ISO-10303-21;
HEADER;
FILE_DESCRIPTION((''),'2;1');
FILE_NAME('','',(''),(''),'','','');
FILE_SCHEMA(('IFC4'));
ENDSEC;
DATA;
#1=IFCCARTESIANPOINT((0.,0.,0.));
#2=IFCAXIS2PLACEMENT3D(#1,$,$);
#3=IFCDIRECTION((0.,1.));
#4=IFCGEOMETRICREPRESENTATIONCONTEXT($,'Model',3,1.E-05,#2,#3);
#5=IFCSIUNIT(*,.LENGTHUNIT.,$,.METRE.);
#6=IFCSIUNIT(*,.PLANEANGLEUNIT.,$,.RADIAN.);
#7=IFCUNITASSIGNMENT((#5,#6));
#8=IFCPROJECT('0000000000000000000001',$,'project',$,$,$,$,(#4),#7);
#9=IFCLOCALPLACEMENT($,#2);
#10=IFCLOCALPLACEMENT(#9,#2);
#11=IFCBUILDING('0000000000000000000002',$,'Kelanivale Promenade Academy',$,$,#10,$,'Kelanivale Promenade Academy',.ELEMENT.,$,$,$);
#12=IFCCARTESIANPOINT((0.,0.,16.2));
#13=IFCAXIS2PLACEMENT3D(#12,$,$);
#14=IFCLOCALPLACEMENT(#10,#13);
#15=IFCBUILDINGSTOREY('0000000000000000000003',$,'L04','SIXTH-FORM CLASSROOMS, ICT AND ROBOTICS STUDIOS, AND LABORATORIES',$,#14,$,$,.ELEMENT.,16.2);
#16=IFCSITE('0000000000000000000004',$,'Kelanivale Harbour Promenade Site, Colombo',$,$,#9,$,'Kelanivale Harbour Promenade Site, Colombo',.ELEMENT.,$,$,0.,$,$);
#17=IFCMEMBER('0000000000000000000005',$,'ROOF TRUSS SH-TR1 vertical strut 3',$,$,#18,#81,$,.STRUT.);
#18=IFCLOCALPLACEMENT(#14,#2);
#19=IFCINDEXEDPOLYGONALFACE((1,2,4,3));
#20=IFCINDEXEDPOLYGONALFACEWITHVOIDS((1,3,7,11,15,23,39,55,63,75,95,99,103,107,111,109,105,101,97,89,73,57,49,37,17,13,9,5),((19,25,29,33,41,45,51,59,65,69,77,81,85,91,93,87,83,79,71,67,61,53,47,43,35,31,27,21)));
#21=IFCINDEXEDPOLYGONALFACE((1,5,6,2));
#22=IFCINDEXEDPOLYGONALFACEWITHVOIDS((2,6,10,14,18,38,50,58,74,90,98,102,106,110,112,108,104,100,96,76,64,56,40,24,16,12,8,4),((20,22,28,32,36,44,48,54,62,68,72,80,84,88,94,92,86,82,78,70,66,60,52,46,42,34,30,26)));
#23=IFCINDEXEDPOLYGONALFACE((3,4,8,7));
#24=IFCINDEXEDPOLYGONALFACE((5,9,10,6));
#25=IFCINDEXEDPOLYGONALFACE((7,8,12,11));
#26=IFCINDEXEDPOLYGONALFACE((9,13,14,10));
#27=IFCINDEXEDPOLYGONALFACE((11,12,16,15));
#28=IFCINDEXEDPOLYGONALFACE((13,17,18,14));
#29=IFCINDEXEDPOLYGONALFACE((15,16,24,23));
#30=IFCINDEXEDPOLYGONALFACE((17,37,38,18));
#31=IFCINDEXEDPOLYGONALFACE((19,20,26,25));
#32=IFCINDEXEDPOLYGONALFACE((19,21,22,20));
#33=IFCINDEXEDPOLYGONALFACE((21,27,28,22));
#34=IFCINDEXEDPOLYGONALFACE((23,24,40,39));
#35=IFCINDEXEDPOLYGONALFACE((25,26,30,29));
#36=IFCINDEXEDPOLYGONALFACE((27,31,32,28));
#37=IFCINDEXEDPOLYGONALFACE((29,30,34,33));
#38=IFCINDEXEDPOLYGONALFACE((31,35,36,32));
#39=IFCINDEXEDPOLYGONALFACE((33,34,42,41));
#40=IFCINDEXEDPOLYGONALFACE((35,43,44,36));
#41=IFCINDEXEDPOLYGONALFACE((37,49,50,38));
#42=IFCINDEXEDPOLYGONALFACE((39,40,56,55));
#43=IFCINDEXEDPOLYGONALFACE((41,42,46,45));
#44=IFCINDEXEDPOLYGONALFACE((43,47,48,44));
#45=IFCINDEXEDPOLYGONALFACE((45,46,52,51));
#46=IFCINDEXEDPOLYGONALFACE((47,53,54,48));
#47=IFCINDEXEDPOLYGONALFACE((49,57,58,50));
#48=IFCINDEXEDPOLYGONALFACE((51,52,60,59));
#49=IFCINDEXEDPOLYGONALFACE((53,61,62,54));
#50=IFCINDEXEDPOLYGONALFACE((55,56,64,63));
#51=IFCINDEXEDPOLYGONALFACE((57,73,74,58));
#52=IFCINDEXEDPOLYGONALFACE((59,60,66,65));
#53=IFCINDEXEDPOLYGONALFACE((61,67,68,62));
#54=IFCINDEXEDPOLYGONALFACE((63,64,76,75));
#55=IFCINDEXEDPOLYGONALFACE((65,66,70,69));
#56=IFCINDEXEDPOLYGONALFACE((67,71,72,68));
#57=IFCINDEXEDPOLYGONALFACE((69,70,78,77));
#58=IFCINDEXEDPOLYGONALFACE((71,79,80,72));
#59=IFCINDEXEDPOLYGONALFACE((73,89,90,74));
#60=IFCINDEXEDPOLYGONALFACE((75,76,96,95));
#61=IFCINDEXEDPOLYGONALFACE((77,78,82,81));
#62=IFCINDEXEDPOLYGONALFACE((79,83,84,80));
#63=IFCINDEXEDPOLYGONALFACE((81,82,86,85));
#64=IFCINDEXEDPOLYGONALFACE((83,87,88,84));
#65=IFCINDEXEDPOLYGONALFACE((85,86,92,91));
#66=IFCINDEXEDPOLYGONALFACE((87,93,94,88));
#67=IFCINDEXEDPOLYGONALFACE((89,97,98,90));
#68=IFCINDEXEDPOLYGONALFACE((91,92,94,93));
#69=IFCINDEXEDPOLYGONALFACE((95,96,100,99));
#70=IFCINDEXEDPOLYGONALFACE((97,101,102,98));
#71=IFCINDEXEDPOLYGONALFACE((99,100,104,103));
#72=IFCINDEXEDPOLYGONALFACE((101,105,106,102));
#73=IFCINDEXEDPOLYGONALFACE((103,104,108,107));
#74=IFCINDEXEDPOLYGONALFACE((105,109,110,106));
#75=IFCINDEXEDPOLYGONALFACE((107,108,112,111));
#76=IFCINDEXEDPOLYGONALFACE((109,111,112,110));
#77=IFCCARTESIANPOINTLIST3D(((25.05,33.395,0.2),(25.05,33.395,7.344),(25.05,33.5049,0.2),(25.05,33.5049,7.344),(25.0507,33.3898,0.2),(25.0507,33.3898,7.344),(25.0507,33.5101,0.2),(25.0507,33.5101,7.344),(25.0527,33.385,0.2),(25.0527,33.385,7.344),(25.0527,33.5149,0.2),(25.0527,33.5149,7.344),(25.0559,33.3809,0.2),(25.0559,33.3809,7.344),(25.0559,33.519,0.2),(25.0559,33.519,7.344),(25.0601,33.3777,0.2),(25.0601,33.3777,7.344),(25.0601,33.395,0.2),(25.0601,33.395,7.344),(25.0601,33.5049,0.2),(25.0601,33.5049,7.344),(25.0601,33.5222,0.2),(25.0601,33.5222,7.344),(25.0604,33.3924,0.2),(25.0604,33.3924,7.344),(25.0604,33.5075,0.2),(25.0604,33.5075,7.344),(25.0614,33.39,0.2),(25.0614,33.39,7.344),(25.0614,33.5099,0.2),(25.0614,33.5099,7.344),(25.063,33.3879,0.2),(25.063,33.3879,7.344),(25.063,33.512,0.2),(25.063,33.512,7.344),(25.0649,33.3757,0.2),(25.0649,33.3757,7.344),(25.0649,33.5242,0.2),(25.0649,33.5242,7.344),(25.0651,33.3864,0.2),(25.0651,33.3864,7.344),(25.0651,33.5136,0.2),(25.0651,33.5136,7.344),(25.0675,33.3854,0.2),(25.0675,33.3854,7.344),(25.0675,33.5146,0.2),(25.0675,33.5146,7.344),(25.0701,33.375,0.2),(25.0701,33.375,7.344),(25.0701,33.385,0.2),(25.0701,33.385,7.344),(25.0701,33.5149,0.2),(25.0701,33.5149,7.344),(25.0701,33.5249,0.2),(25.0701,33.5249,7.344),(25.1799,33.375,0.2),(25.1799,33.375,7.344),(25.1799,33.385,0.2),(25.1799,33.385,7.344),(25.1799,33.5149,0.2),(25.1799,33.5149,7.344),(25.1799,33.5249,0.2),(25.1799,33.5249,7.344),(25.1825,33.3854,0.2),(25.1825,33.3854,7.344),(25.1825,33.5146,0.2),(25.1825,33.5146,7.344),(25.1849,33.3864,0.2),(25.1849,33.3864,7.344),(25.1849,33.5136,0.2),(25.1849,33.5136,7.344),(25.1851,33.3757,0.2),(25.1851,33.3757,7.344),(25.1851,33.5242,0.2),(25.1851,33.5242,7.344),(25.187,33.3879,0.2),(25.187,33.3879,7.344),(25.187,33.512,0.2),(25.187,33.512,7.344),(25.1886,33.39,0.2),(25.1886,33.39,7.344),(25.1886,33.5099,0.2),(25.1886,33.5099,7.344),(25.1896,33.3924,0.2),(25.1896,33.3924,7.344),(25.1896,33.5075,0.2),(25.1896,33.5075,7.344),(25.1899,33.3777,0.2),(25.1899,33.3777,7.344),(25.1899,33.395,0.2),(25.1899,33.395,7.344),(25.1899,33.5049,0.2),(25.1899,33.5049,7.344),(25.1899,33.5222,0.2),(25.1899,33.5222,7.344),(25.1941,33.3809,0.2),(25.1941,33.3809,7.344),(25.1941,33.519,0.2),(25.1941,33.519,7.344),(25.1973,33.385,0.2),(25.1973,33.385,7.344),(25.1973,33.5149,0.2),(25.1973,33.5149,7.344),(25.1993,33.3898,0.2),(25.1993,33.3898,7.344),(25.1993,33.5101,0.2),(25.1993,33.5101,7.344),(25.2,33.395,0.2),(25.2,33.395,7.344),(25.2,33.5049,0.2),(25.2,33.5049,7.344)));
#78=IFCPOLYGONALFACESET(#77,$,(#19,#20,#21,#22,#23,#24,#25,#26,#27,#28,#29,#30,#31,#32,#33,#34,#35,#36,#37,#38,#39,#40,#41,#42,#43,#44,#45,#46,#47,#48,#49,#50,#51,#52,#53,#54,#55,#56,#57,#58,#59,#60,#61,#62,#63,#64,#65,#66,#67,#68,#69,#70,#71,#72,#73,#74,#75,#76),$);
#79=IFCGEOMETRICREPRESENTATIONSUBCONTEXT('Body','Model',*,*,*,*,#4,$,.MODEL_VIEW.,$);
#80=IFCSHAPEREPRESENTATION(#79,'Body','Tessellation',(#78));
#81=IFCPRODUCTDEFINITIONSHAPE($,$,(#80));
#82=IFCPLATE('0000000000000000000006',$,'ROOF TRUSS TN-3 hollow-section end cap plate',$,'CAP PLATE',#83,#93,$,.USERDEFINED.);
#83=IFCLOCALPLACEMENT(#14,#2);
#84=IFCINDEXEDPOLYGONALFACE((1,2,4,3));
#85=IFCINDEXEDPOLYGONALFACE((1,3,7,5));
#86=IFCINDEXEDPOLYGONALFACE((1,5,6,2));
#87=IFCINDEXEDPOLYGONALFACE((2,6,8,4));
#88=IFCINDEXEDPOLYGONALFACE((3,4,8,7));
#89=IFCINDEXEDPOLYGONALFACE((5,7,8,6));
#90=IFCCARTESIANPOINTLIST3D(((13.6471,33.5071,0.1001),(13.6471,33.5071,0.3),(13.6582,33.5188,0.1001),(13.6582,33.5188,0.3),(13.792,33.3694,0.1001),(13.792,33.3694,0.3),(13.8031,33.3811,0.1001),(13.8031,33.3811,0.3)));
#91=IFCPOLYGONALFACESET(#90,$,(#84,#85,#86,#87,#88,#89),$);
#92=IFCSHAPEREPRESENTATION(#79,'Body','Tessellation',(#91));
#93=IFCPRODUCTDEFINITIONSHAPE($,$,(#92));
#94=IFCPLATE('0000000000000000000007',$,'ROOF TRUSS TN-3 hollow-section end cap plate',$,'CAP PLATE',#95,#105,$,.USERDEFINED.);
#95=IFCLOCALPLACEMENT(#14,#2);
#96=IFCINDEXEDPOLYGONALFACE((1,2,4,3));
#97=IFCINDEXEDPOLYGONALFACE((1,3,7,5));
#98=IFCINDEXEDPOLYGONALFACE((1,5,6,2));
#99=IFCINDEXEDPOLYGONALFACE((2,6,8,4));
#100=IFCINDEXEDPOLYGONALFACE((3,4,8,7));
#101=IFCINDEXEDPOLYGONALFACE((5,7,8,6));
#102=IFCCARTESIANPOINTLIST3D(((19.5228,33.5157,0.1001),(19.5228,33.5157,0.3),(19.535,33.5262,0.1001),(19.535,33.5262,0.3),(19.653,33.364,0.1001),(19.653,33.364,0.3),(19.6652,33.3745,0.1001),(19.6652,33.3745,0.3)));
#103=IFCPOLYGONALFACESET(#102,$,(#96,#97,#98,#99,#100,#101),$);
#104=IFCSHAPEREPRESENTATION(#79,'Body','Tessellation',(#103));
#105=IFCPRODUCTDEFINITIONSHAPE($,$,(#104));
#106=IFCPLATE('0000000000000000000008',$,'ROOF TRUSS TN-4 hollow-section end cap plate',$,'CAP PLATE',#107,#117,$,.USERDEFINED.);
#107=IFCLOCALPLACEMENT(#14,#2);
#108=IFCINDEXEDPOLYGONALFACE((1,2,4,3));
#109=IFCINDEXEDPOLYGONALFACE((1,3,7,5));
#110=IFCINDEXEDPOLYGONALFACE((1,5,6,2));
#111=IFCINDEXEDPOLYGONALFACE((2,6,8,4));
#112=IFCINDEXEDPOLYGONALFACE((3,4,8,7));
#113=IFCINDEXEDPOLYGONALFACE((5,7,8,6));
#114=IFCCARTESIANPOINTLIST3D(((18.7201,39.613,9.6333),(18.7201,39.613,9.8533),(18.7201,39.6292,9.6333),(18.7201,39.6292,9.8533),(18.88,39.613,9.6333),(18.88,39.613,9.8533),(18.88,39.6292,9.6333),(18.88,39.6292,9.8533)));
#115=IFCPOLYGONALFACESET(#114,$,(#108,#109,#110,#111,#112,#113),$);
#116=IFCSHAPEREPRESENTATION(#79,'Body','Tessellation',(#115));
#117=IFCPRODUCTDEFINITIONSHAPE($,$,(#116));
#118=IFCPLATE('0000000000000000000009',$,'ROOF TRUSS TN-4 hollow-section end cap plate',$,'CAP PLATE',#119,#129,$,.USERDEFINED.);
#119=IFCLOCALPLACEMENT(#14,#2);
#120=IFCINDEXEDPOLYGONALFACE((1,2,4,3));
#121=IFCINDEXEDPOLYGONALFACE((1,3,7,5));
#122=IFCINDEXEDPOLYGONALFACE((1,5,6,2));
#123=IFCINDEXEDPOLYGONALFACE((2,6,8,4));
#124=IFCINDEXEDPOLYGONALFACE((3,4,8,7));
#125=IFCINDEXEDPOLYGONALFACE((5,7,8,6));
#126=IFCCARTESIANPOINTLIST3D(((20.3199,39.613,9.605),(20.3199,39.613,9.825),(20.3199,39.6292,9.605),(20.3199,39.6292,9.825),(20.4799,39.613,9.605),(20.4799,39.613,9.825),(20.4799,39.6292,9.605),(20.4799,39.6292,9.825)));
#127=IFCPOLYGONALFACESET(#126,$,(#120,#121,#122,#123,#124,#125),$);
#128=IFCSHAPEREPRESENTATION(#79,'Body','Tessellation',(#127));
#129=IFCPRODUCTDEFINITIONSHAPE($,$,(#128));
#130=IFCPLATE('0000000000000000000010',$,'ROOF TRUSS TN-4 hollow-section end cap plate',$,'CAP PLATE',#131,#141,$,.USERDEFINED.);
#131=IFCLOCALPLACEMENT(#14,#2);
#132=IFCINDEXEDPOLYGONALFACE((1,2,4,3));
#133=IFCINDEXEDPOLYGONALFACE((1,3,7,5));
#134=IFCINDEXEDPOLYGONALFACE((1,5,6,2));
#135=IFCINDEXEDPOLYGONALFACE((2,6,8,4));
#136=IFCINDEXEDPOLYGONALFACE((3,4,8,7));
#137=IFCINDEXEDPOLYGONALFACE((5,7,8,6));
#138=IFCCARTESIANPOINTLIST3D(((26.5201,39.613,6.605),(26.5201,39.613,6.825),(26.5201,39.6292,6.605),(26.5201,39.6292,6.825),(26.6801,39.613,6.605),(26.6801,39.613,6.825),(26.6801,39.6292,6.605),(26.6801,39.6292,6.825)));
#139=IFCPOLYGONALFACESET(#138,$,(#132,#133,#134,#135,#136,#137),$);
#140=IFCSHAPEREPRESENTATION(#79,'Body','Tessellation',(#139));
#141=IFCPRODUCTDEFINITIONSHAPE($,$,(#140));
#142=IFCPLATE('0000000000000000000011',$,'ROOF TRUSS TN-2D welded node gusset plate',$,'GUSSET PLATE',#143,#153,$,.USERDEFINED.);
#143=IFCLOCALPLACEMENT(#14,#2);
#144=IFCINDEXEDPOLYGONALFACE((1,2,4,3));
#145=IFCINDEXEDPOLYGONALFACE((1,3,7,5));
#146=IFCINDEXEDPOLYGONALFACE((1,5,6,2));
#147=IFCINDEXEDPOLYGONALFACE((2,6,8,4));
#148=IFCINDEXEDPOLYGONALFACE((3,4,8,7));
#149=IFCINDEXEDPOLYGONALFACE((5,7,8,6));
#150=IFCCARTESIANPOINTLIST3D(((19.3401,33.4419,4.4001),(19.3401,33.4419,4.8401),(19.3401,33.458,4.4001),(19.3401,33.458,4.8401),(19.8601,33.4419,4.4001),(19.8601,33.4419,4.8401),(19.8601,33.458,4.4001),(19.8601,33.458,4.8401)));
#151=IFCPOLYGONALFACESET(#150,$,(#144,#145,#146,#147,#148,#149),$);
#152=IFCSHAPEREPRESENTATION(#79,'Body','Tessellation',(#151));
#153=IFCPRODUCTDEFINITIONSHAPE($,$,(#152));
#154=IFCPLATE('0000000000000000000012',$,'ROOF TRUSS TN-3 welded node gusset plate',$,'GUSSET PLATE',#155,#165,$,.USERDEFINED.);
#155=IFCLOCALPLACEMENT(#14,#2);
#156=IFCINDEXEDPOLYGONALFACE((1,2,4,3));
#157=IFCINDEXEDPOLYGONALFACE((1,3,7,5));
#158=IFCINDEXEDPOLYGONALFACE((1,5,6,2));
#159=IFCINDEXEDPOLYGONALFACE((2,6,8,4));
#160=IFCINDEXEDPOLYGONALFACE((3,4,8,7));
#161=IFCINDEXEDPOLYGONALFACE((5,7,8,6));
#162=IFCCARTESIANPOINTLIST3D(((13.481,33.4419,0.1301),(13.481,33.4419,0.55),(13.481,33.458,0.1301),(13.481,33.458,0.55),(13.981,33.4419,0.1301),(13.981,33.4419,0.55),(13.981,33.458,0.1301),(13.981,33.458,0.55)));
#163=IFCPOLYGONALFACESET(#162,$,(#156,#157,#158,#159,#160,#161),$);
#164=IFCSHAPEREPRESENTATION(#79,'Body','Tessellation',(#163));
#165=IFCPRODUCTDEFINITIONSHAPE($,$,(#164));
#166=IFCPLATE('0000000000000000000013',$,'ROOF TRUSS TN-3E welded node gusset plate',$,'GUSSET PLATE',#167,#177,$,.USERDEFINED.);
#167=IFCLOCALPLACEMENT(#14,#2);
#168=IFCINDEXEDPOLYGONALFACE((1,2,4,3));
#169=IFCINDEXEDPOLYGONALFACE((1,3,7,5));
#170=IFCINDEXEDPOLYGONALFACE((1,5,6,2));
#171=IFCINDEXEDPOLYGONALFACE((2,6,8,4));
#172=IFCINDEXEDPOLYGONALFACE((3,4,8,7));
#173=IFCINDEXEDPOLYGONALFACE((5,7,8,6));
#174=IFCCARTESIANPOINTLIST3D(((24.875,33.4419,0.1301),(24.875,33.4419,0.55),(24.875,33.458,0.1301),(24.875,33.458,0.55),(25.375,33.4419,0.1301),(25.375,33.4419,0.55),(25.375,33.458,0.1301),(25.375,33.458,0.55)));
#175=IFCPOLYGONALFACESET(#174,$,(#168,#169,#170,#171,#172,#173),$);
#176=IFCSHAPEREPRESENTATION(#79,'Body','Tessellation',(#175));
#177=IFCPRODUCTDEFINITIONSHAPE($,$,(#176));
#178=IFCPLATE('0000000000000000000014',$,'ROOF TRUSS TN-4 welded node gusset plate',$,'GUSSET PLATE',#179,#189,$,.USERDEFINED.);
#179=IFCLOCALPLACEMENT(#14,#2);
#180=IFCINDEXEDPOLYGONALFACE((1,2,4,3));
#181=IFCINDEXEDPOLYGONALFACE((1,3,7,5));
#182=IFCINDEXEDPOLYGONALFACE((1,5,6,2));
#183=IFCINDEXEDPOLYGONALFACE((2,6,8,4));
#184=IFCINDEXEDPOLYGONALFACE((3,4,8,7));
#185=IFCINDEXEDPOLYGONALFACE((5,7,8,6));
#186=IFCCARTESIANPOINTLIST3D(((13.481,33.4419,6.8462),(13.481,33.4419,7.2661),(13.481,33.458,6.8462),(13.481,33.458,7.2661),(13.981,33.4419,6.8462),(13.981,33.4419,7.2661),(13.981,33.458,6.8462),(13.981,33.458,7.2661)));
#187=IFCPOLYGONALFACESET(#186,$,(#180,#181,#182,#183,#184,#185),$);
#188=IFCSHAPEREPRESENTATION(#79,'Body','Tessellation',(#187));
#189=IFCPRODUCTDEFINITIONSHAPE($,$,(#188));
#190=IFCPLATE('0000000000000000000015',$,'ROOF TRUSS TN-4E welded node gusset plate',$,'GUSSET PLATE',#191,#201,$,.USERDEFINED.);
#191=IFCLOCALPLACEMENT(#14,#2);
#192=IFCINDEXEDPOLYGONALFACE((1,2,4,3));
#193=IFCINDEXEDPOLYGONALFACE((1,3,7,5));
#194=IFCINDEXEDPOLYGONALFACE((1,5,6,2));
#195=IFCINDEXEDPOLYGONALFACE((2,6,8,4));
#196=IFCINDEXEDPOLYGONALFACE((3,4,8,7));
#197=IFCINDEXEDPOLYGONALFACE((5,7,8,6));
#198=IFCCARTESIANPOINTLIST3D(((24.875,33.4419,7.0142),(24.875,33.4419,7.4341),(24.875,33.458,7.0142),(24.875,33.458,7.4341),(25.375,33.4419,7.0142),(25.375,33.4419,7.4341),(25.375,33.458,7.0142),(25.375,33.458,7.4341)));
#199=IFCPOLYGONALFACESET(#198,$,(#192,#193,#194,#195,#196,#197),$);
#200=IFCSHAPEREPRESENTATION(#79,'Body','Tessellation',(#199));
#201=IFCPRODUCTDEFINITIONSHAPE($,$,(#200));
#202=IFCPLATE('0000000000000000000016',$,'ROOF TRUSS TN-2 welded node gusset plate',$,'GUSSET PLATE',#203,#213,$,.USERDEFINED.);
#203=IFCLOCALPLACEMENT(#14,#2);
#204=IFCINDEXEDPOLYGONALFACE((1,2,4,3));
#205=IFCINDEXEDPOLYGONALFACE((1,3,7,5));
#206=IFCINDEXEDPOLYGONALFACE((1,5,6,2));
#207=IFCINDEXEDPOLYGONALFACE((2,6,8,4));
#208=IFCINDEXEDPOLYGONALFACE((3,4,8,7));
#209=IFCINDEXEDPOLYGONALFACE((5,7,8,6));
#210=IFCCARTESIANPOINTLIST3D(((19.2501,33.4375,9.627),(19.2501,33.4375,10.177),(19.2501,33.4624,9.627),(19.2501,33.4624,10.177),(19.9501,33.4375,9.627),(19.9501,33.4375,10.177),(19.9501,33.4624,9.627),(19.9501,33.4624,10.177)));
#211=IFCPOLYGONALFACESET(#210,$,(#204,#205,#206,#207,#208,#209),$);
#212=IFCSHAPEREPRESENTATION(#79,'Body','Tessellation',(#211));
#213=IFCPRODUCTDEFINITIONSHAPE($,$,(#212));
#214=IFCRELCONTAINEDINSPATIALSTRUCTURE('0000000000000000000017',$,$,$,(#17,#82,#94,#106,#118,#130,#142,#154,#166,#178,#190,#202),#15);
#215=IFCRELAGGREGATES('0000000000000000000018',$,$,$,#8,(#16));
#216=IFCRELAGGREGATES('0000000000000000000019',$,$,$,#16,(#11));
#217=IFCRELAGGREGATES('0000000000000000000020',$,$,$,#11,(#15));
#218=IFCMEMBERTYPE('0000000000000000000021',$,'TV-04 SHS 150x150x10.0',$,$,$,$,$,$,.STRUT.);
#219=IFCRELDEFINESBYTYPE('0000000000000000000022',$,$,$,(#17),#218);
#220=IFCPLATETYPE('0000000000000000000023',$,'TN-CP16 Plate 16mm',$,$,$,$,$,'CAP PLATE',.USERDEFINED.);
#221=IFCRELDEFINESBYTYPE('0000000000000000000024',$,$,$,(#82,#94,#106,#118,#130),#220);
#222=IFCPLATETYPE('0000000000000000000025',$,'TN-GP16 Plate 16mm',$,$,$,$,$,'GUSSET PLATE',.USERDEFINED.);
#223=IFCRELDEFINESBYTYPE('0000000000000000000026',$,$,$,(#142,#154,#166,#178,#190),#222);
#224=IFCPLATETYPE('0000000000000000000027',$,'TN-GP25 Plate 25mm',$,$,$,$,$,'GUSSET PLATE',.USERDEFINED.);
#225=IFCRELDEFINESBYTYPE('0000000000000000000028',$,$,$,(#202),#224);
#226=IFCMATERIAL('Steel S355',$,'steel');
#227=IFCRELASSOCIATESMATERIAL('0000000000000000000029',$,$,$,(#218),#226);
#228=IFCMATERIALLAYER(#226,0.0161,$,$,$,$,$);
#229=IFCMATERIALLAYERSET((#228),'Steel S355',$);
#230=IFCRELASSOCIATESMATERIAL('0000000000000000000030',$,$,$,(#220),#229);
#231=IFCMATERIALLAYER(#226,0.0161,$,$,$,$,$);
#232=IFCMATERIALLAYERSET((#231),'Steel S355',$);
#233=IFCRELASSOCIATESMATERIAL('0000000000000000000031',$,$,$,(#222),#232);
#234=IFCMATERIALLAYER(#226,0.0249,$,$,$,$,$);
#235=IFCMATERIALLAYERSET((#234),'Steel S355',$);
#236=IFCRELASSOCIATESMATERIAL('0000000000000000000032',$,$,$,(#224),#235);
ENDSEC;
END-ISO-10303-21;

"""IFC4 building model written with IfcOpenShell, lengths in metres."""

from ifc_helpers import new_model, si_unit, direction, frame, origin, origin_2d, place, context, subcontext, project, spatial, rectangle, hollow_rectangle, extrude, material, layer, layer_set, material_profile, profile_set, type_object, element, save


model = new_model("IFC4")

# Units and contexts
model_context = context("Model", 3, precision=1e-05, world=origin(), true_north=direction((0.0, 1.0)))
body_context = subcontext(model_context, "Body", "Model", "MODEL_VIEW")
ifc_project = project(units=[si_unit("LENGTHUNIT", "METRE"), si_unit("PLANEANGLEUNIT", "RADIAN")], contexts=[model_context])

# Site, building, storey
site_placement = place(None, origin())
site = spatial("IfcSite", under=ifc_project, at=site_placement, Name="Kelanivale Harbour Promenade Site, Colombo", LongName="Kelanivale Harbour Promenade Site, Colombo", CompositionType="ELEMENT", RefElevation=0.0)
building_placement = place(site_placement, origin())
building = spatial("IfcBuilding", under=site, at=building_placement, Name="Kelanivale Promenade Academy", LongName="Kelanivale Promenade Academy", CompositionType="ELEMENT")
storey_placement = place(building_placement, frame((0.0, 0.0, 16.2)))
storey = spatial("IfcBuildingStorey", under=building, at=storey_placement, Name="L04", Description="SIXTH-FORM CLASSROOMS, ICT AND ROBOTICS STUDIOS, AND LABORATORIES", CompositionType="ELEMENT", Elevation=16.2)

# Member
ifc_material = material(Name="Steel S355", Category="steel")
ifc_material_profile_1 = material_profile(ifc_material, hollow_rectangle(XDim=0.1499, YDim=0.1499, WallThickness=0.01, InnerFilletRadius=0.01, OuterFilletRadius=0.02, at=origin_2d()), Name="SHS 150x150x10.0")
ifc_profile_set_1 = profile_set([ifc_material_profile_1], Name="Steel S355")
member_type_1 = type_object("IfcMemberType", Name="TV-04 SHS 150x150x10.0", PredefinedType="STRUT", material=ifc_profile_set_1)
member_1_placement = place(storey_placement, frame((25.125, 33.45, 0.2), z_axis=(0.0, 0.0, 1.0), x_axis=(1.0, 0.0, 0.0)))
element("IfcMember", 1, at=member_1_placement, inside=storey, type_object=member_type_1, Name="ROOF TRUSS SH-TR1 vertical strut 3", PredefinedType="STRUT", context=body_context, shape_type="SweptSolid", body=[
    extrude(hollow_rectangle(XDim=0.1499, YDim=0.1499, WallThickness=0.01, InnerFilletRadius=0.01, OuterFilletRadius=0.02, at=origin_2d()), origin(), (0.0, 0.0, 1.0), 7.144),
])

# Plates
ifc_layer_1 = layer(ifc_material, 0.0161)
ifc_layer_set_1 = layer_set([ifc_layer_1], Name="Steel S355")
plate_type_1 = type_object("IfcPlateType", Name="TN-CP16 Plate 16mm", ElementType="CAP PLATE", PredefinedType="USERDEFINED", material=ifc_layer_set_1)
for number, where, z_axis, x_axis, name in (
    (2, (13.7251, 33.4441, 0.1001), (0.0, 0.0, 1.0), (-0.688734, -0.725014, 0.0), "ROOF TRUSS TN-3 hollow-section end cap plate"),
    (3, (19.594, 33.4451, 0.1001), (0.0, 0.0, 1.0), (-0.758817, -0.651304, 0.0), "ROOF TRUSS TN-3 hollow-section end cap plate"),
):
    element("IfcPlate", number, at=place(storey_placement, frame(where, z_axis=z_axis, x_axis=x_axis)), inside=storey, type_object=plate_type_1, Name=name, ObjectType="CAP PLATE", PredefinedType="USERDEFINED", context=body_context, shape_type="SweptSolid", body=[
        extrude(rectangle(XDim=0.0161, YDim=0.2, at=origin_2d()), origin(), (0.0, 0.0, 1.0), 0.2),
    ])
for number, where, z_axis, x_axis, name in (
    (4, (18.8, 39.6211, 9.6333), (0.0, 0.0, 1.0), (0.0, -1.0, 0.0), "ROOF TRUSS TN-4 hollow-section end cap plate"),
    (5, (20.3999, 39.6211, 9.605), (0.0, 0.0, 1.0), (0.0, -1.0, 0.0), "ROOF TRUSS TN-4 hollow-section end cap plate"),
    (6, (26.6001, 39.6211, 6.605), (0.0, 0.0, 1.0), (0.0, -1.0, 0.0), "ROOF TRUSS TN-4 hollow-section end cap plate"),
):
    element("IfcPlate", number, at=place(storey_placement, frame(where, z_axis=z_axis, x_axis=x_axis)), inside=storey, type_object=plate_type_1, Name=name, ObjectType="CAP PLATE", PredefinedType="USERDEFINED", context=body_context, shape_type="SweptSolid", body=[
        extrude(rectangle(XDim=0.0161, YDim=0.1599, at=origin_2d()), origin(), (0.0, 0.0, 1.0), 0.22),
    ])
ifc_layer_2 = layer(ifc_material, 0.0161)
ifc_layer_set_2 = layer_set([ifc_layer_2], Name="Steel S355")
plate_type_2 = type_object("IfcPlateType", Name="TN-GP16 Plate 16mm", ElementType="GUSSET PLATE", PredefinedType="USERDEFINED", material=ifc_layer_set_2)
plate_1_placement = place(storey_placement, frame((19.6001, 33.45, 4.4001), z_axis=(0.0, 0.0, 1.0), x_axis=(1.0, 0.0, 0.0)))
element("IfcPlate", 7, at=plate_1_placement, inside=storey, type_object=plate_type_2, Name="ROOF TRUSS TN-2D welded node gusset plate", ObjectType="GUSSET PLATE", PredefinedType="USERDEFINED", context=body_context, shape_type="SweptSolid", body=[
    extrude(rectangle(XDim=0.52, YDim=0.0161, at=origin_2d()), origin(), (0.0, 0.0, 1.0), 0.4399),
])
for number, where, z_axis, x_axis, name in (
    (8, (13.731, 33.45, 0.1301), (0.0, 0.0, 1.0), (1.0, 0.0, 0.0), "ROOF TRUSS TN-3 welded node gusset plate"),
    (9, (25.125, 33.45, 0.1301), (0.0, 0.0, 1.0), (1.0, 0.0, 0.0), "ROOF TRUSS TN-3E welded node gusset plate"),
    (10, (13.731, 33.45, 6.8462), (0.0, 0.0, 1.0), (1.0, 0.0, 0.0), "ROOF TRUSS TN-4 welded node gusset plate"),
    (11, (25.125, 33.45, 7.0142), (0.0, 0.0, 1.0), (1.0, 0.0, 0.0), "ROOF TRUSS TN-4E welded node gusset plate"),
):
    element("IfcPlate", number, at=place(storey_placement, frame(where, z_axis=z_axis, x_axis=x_axis)), inside=storey, type_object=plate_type_2, Name=name, ObjectType="GUSSET PLATE", PredefinedType="USERDEFINED", context=body_context, shape_type="SweptSolid", body=[
        extrude(rectangle(XDim=0.5, YDim=0.0161, at=origin_2d()), origin(), (0.0, 0.0, 1.0), 0.4199),
    ])
ifc_layer_3 = layer(ifc_material, 0.0249)
ifc_layer_set_3 = layer_set([ifc_layer_3], Name="Steel S355")
plate_type_3 = type_object("IfcPlateType", Name="TN-GP25 Plate 25mm", ElementType="GUSSET PLATE", PredefinedType="USERDEFINED", material=ifc_layer_set_3)
plate_2_placement = place(storey_placement, frame((19.6001, 33.45, 9.627), z_axis=(0.0, 0.0, 1.0), x_axis=(1.0, 0.0, 0.0)))
element("IfcPlate", 12, at=plate_2_placement, inside=storey, type_object=plate_type_3, Name="ROOF TRUSS TN-2 welded node gusset plate", ObjectType="GUSSET PLATE", PredefinedType="USERDEFINED", context=body_context, shape_type="SweptSolid", body=[
    extrude(rectangle(XDim=0.7, YDim=0.0249, at=origin_2d()), origin(), (0.0, 0.0, 1.0), 0.55),
])

save(model, "model.ifc")
